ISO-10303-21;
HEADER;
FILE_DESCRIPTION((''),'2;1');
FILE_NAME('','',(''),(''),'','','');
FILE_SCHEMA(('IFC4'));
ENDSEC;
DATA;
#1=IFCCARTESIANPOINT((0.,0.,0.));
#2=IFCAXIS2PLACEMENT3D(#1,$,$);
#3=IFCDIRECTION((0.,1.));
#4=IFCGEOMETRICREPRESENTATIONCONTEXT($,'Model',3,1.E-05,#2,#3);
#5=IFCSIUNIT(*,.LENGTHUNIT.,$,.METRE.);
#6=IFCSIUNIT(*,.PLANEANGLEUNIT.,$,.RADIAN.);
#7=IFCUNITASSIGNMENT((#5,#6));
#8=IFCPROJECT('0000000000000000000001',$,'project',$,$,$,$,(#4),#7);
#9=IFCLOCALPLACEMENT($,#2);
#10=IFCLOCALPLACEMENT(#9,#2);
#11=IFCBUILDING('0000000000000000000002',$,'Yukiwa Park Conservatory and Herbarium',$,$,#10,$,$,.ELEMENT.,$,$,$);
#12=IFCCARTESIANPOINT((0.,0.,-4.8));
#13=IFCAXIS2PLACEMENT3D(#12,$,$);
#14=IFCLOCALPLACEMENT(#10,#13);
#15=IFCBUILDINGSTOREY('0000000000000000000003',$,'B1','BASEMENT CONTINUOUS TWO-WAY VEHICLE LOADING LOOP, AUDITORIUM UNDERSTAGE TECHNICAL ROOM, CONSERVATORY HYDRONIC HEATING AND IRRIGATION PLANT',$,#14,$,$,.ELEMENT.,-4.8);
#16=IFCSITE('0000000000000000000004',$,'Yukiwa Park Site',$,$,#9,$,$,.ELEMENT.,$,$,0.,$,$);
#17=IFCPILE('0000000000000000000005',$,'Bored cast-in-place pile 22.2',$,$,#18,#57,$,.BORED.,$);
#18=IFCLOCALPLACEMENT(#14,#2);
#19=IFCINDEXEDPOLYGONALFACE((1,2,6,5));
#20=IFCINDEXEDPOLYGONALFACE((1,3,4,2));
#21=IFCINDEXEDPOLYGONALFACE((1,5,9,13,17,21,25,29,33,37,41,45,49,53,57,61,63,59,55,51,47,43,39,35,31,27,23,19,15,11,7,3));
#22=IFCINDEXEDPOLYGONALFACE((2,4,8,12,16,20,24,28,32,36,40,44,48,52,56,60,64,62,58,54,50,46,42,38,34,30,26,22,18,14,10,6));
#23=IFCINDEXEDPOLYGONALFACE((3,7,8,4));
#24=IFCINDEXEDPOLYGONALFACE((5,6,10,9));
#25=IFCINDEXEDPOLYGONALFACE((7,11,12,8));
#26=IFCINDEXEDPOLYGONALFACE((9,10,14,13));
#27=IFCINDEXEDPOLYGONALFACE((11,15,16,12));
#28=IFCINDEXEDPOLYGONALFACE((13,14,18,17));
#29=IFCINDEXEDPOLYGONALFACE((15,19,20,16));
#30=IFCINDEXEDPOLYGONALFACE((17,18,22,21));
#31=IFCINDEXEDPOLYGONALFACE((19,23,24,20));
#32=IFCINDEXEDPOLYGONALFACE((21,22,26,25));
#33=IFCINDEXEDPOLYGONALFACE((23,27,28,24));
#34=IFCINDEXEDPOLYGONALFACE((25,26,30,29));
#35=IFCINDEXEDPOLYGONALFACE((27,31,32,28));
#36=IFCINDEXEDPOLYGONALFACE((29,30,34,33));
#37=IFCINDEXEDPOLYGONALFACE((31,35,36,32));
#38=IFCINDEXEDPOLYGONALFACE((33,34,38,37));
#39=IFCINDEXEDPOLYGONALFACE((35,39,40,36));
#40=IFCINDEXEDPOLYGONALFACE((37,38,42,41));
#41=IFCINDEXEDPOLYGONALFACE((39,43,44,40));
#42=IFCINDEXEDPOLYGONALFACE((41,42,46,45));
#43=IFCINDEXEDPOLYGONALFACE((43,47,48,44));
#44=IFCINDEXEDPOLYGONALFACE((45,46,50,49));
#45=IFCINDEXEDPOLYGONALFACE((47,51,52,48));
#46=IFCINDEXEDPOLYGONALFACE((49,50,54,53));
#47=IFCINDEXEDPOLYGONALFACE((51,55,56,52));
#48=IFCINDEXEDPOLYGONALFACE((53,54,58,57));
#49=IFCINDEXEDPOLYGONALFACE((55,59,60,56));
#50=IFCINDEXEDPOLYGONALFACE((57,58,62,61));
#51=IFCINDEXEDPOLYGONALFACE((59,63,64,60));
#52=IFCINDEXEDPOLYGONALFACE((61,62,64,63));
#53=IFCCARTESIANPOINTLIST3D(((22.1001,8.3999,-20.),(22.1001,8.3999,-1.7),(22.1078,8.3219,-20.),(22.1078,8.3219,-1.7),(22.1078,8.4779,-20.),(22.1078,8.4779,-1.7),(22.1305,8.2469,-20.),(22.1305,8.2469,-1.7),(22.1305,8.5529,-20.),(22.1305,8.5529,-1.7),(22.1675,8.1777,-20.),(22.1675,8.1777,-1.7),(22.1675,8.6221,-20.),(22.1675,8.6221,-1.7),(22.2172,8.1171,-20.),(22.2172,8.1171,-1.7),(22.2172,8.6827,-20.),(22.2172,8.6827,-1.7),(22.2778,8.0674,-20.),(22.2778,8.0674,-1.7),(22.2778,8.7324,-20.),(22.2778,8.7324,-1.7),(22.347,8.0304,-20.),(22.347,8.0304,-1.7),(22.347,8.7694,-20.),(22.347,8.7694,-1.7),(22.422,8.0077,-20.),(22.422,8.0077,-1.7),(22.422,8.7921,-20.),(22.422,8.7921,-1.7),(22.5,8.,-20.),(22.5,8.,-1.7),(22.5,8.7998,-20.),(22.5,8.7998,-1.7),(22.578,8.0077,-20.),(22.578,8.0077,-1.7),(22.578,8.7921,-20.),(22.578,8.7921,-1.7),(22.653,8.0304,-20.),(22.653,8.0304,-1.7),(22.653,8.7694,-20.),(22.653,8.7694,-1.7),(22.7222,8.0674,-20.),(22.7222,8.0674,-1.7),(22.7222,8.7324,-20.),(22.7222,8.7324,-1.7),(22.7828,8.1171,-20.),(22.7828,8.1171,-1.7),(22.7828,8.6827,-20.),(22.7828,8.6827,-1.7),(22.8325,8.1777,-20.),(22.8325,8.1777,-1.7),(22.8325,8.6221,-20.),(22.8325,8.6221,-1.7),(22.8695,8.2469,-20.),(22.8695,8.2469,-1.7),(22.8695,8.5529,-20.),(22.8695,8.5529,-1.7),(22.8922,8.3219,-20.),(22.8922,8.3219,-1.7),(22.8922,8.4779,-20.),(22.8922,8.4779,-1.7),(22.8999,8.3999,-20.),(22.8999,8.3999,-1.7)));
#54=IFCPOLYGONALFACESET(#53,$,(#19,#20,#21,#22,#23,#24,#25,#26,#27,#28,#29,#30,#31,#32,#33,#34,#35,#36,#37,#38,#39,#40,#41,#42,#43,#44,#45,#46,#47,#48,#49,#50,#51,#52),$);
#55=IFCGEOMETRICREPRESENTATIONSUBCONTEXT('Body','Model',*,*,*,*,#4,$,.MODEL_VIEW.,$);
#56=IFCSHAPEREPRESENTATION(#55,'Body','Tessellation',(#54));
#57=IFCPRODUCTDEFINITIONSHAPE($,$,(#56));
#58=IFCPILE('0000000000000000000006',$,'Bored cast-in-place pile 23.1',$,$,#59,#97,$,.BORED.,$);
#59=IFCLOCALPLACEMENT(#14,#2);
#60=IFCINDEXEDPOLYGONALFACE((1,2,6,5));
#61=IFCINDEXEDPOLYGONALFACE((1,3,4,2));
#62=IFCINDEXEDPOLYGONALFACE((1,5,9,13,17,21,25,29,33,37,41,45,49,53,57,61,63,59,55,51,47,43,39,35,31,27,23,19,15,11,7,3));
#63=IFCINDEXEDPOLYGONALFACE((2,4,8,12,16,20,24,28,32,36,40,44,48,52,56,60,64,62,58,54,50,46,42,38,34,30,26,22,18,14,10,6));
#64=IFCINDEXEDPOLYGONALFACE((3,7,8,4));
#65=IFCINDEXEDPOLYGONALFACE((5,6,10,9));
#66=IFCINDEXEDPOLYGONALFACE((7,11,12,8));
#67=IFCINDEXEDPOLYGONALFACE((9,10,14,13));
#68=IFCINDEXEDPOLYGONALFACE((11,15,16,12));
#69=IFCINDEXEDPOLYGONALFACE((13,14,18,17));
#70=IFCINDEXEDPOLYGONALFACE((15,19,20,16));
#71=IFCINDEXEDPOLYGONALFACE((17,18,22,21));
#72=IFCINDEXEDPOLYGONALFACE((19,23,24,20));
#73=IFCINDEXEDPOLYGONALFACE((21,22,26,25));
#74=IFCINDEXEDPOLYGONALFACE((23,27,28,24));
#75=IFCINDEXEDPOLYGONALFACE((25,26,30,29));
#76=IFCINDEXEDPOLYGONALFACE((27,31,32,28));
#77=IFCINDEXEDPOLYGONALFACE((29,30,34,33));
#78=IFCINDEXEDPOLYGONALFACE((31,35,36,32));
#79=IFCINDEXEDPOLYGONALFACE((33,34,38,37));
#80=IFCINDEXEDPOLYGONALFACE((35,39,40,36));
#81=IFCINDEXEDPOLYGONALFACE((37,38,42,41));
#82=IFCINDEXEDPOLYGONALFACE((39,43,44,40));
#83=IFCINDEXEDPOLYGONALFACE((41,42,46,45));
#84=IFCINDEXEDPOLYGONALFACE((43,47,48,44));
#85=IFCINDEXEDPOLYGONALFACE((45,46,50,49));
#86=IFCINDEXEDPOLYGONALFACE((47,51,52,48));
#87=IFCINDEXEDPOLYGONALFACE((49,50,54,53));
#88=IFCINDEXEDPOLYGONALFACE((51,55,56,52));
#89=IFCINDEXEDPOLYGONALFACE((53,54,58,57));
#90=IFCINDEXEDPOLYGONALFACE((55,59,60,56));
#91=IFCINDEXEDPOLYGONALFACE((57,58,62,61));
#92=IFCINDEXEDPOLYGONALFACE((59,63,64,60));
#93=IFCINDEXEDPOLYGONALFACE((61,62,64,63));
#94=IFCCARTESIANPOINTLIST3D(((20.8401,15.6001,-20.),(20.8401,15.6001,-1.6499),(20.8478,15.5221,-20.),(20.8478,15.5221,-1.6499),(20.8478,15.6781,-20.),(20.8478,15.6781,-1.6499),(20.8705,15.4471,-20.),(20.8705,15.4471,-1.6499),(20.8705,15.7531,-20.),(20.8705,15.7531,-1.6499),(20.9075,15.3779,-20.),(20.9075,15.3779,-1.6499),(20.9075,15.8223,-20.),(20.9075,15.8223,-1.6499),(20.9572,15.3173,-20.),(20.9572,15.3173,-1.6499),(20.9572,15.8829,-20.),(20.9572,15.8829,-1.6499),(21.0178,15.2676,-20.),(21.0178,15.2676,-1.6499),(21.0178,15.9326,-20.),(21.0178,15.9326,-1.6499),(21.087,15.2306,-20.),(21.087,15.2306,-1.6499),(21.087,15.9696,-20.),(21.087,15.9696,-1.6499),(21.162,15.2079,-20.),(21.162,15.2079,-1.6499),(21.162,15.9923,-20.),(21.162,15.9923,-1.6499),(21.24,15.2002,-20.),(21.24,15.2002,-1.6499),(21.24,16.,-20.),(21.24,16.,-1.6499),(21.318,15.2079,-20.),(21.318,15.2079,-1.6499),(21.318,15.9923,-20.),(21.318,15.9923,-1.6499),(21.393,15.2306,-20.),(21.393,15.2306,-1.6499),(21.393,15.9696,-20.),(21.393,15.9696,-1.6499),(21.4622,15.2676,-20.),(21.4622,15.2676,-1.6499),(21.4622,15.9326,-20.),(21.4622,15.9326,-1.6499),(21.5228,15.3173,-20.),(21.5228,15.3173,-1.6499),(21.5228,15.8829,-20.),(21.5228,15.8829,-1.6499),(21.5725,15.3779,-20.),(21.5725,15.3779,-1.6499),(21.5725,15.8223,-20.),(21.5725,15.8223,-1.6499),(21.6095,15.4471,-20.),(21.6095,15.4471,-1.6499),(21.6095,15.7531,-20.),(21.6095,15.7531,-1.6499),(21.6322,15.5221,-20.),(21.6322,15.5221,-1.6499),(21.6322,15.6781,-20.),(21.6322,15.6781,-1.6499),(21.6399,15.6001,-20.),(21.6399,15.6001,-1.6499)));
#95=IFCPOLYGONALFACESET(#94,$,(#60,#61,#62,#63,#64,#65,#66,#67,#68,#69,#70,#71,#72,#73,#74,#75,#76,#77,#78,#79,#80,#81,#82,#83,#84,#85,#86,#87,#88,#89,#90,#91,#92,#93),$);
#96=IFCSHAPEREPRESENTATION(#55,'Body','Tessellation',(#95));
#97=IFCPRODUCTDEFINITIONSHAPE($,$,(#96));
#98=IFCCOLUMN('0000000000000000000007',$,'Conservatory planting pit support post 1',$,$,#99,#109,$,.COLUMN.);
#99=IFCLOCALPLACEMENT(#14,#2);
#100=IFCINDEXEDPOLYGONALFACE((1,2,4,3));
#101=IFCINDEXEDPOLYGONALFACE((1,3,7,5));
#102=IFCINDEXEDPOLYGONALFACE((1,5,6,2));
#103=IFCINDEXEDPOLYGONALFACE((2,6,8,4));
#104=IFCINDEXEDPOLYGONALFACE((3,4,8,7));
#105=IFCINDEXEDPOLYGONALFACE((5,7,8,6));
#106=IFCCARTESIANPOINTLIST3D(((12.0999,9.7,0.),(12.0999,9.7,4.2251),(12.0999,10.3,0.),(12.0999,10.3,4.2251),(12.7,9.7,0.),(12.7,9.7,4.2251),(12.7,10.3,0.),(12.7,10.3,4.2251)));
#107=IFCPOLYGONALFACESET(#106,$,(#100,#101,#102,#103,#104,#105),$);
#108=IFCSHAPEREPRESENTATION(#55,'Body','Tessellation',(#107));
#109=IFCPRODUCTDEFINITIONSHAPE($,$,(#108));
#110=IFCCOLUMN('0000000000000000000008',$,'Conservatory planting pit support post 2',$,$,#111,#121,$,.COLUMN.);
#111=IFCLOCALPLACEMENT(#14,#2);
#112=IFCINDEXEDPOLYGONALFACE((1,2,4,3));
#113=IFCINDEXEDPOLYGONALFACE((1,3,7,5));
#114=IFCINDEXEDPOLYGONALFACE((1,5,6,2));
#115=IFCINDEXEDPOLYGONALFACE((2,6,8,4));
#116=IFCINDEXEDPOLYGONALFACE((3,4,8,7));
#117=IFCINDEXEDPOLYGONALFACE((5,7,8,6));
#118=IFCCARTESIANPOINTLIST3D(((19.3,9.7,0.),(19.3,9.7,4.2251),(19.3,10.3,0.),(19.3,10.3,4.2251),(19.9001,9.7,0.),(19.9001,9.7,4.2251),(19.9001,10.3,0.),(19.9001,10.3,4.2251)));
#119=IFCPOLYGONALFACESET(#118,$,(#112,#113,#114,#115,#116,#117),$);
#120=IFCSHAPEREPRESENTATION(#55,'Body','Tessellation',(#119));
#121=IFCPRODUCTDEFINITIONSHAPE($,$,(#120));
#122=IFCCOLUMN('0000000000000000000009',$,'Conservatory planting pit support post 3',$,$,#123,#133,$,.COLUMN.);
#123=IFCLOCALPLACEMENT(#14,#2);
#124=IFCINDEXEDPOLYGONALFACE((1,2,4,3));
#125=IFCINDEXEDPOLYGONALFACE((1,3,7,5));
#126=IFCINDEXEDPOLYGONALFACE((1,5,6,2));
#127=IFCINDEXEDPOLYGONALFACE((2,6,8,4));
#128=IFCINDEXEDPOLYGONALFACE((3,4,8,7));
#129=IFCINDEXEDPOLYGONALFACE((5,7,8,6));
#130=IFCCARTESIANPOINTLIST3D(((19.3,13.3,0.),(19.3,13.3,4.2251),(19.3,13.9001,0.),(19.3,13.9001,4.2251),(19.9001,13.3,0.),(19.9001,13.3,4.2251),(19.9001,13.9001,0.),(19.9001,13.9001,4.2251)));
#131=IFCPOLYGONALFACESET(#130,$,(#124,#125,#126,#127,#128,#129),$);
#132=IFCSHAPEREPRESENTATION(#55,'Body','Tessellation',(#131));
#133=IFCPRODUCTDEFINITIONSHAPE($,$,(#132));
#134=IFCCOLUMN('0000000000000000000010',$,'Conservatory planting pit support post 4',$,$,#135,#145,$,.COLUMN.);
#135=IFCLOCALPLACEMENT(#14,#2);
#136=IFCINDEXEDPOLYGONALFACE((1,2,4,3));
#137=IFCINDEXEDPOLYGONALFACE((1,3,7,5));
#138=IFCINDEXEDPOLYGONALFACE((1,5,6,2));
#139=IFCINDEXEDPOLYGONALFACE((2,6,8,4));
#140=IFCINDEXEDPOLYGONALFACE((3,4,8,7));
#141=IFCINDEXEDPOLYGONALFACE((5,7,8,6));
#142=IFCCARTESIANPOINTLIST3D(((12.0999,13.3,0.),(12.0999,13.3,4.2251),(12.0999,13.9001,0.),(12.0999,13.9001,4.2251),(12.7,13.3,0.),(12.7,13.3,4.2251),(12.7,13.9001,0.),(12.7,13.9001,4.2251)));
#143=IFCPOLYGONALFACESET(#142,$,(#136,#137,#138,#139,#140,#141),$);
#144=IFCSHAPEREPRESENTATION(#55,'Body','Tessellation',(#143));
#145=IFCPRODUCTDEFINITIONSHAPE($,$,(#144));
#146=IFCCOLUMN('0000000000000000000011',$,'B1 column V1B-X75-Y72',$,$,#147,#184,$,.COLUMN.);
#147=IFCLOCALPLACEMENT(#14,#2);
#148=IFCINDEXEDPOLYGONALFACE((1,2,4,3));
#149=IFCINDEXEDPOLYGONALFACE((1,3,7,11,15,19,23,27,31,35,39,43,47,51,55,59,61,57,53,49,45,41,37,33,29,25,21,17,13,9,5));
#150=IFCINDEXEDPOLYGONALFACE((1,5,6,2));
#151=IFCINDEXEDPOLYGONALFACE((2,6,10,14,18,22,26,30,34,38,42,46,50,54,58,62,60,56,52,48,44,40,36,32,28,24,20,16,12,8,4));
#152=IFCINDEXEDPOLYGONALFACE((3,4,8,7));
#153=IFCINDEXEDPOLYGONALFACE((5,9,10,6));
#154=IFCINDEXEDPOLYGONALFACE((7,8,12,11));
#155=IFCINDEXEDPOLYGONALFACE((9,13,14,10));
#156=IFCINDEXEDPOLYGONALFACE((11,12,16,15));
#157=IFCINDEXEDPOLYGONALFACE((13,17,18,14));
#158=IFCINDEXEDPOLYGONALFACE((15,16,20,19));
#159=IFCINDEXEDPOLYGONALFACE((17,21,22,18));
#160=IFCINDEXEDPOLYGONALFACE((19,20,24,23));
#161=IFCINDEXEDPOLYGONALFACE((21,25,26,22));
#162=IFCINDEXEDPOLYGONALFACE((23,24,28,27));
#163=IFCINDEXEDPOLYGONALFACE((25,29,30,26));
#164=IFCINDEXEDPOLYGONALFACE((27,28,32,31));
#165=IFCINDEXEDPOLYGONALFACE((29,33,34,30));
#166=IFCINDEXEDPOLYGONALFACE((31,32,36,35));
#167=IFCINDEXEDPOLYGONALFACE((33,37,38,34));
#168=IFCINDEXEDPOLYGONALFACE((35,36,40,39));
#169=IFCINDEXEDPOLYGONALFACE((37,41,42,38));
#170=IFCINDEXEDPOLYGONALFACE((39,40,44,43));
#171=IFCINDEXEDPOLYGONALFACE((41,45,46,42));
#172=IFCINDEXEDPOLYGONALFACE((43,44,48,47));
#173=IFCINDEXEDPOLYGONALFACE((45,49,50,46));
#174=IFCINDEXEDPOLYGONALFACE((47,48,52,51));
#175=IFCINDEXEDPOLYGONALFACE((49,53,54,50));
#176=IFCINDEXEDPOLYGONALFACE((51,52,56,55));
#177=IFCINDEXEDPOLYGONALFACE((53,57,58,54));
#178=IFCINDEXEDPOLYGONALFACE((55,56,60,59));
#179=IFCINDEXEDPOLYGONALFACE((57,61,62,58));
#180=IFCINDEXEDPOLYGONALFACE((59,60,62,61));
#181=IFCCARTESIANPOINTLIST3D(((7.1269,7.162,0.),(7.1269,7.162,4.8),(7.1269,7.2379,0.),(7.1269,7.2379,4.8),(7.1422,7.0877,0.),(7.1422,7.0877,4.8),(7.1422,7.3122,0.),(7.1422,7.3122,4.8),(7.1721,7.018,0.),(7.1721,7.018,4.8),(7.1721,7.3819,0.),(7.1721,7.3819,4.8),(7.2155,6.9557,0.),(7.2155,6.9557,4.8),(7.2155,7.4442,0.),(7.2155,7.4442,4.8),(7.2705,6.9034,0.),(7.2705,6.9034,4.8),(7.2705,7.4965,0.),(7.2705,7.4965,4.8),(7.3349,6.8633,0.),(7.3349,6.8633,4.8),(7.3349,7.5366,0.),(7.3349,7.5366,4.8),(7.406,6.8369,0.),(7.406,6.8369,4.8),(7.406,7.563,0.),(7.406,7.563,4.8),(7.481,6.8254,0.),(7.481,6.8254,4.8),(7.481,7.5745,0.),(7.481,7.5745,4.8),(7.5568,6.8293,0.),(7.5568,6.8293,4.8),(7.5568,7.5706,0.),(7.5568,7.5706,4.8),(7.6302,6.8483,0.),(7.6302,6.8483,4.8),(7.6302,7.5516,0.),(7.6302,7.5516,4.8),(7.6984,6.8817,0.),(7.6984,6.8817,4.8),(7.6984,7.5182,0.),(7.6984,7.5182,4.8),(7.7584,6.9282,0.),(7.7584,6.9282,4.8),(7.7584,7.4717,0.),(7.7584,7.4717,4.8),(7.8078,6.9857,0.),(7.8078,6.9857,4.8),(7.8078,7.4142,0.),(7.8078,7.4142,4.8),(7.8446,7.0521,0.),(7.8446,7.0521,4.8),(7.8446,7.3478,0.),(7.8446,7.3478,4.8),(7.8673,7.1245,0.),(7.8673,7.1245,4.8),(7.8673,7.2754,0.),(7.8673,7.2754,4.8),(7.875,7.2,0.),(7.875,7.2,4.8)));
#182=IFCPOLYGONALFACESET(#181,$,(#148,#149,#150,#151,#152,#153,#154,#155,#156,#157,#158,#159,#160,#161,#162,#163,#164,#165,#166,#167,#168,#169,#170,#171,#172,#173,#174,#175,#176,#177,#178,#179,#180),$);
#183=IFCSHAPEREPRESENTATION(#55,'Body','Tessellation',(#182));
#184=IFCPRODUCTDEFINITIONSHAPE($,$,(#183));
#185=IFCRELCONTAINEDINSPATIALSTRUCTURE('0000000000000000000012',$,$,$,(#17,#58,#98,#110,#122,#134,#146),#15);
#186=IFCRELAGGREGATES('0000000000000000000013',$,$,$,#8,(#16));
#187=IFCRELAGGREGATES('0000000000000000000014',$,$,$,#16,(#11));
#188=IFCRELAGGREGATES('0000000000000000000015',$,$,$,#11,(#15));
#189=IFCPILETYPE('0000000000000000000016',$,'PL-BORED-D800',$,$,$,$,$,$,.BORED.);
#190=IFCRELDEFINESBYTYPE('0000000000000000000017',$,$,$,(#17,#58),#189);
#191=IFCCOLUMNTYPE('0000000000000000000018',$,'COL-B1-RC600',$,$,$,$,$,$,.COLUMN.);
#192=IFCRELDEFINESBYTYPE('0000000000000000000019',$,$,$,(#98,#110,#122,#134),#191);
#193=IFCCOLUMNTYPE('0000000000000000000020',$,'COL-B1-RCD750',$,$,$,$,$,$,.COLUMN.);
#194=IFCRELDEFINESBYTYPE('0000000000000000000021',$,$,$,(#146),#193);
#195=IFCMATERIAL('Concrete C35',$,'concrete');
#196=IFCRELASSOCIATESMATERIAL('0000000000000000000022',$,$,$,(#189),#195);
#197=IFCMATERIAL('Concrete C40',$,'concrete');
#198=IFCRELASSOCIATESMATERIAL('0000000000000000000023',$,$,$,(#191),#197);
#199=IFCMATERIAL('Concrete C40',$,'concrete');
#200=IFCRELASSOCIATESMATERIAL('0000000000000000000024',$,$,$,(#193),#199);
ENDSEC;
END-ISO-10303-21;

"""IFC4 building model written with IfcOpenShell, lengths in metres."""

from ifc_helpers import new_model, si_unit, direction, frame, origin, origin_2d, place, context, subcontext, project, spatial, rectangle, circle, extrude, material, material_profile, profile_set, type_object, element, save


model = new_model("IFC4")

# Units and contexts
model_context = context("Model", 3, precision=1e-05, world=origin(), true_north=direction((0.0, 1.0)))
body_context = subcontext(model_context, "Body", "Model", "MODEL_VIEW")
ifc_project = project(units=[si_unit("LENGTHUNIT", "METRE"), si_unit("PLANEANGLEUNIT", "RADIAN")], contexts=[model_context])

# Site, building, storey
site_placement = place(None, origin())
site = spatial("IfcSite", under=ifc_project, at=site_placement, Name="Yukiwa Park Site", CompositionType="ELEMENT", RefElevation=0.0)
building_placement = place(site_placement, origin())
building = spatial("IfcBuilding", under=site, at=building_placement, Name="Yukiwa Park Conservatory and Herbarium", CompositionType="ELEMENT")
storey_placement = place(building_placement, frame((0.0, 0.0, -4.8)))
storey = spatial("IfcBuildingStorey", under=building, at=storey_placement, Name="B1", Description="BASEMENT CONTINUOUS TWO-WAY VEHICLE LOADING LOOP, AUDITORIUM UNDERSTAGE TECHNICAL ROOM, CONSERVATORY HYDRONIC HEATING AND IRRIGATION PLANT", CompositionType="ELEMENT", Elevation=-4.8)

# Piles
ifc_material_1 = material(Name="Concrete C35", Category="concrete")
ifc_material_profile_1 = material_profile(ifc_material_1, circle(Radius=0.3999, at=origin_2d()), Name="PILE D800")
ifc_profile_set_1 = profile_set([ifc_material_profile_1], Name="Concrete C35")
pile_type = type_object("IfcPileType", Name="PL-BORED-D800", PredefinedType="BORED", material=ifc_profile_set_1)
for number, where, z_axis, x_axis, name in (
    (1, (22.5, 8.3999, -1.7), (0.0, 0.0, -1.0), (1.0, 0.0, 0.0), "Bored cast-in-place pile 22.2"),
):
    element("IfcPile", number, at=place(storey_placement, frame(where, z_axis=z_axis, x_axis=x_axis)), inside=storey, type_object=pile_type, Name=name, PredefinedType="BORED", context=body_context, shape_type="SweptSolid", body=[
        extrude(circle(Radius=0.3999, at=origin_2d()), origin(), (0.0, 0.0, 1.0), 18.3),
    ])
pile_1_placement = place(storey_placement, frame((21.24, 15.6001, -1.6499), z_axis=(0.0, 0.0, -1.0), x_axis=(1.0, 0.0, 0.0)))
element("IfcPile", 2, at=pile_1_placement, inside=storey, type_object=pile_type, Name="Bored cast-in-place pile 23.1", PredefinedType="BORED", context=body_context, shape_type="SweptSolid", body=[
    extrude(circle(Radius=0.3999, at=origin_2d()), origin(), (0.0, 0.0, 1.0), 18.3501),
])

# Columns
ifc_material_2 = material(Name="Concrete C40", Category="concrete")
ifc_material_profile_2 = material_profile(ifc_material_2, rectangle(XDim=0.6001, YDim=0.6001, at=origin_2d()), Name="RC 600x600")
ifc_profile_set_2 = profile_set([ifc_material_profile_2], Name="Concrete C40")
column_type_1 = type_object("IfcColumnType", Name="COL-B1-RC600", PredefinedType="COLUMN", material=ifc_profile_set_2)
for number, where, z_axis, x_axis, name in (
    (3, (12.3999, 10.0, 0.0), (0.0, 0.0, 1.0), (1.0, 0.0, 0.0), "Conservatory planting pit support post 1"),
    (4, (19.6001, 10.0, 0.0), (0.0, 0.0, 1.0), (1.0, 0.0, 0.0), "Conservatory planting pit support post 2"),
    (5, (19.6001, 13.6001, 0.0), (0.0, 0.0, 1.0), (1.0, 0.0, 0.0), "Conservatory planting pit support post 3"),
    (6, (12.3999, 13.6001, 0.0), (0.0, 0.0, 1.0), (1.0, 0.0, 0.0), "Conservatory planting pit support post 4"),
):
    element("IfcColumn", number, at=place(storey_placement, frame(where, z_axis=z_axis, x_axis=x_axis)), inside=storey, type_object=column_type_1, Name=name, PredefinedType="COLUMN", context=body_context, shape_type="SweptSolid", body=[
        extrude(rectangle(XDim=0.6001, YDim=0.6001, at=origin_2d()), origin(), (0.0, 0.0, 1.0), 4.2251),
    ])
ifc_material_3 = material(Name="Concrete C40", Category="concrete")
ifc_material_profile_3 = material_profile(ifc_material_3, circle(Radius=0.375, at=origin_2d()), Name="RC D750")
ifc_profile_set_3 = profile_set([ifc_material_profile_3], Name="Concrete C40")
column_type_2 = type_object("IfcColumnType", Name="COL-B1-RCD750", PredefinedType="COLUMN", material=ifc_profile_set_3)
for number, where, z_axis, x_axis, name in (
    (7, (7.5, 7.2, 0.0), (0.0, 0.0, 1.0), (1.0, 0.0, 0.0), "B1 column V1B-X75-Y72"),
):
    element("IfcColumn", number, at=place(storey_placement, frame(where, z_axis=z_axis, x_axis=x_axis)), inside=storey, type_object=column_type_2, Name=name, PredefinedType="COLUMN", context=body_context, shape_type="SweptSolid", body=[
        extrude(circle(Radius=0.375, at=origin_2d()), origin(), (0.0, 0.0, 1.0), 4.8),
    ])

save(model, "model.ifc")
